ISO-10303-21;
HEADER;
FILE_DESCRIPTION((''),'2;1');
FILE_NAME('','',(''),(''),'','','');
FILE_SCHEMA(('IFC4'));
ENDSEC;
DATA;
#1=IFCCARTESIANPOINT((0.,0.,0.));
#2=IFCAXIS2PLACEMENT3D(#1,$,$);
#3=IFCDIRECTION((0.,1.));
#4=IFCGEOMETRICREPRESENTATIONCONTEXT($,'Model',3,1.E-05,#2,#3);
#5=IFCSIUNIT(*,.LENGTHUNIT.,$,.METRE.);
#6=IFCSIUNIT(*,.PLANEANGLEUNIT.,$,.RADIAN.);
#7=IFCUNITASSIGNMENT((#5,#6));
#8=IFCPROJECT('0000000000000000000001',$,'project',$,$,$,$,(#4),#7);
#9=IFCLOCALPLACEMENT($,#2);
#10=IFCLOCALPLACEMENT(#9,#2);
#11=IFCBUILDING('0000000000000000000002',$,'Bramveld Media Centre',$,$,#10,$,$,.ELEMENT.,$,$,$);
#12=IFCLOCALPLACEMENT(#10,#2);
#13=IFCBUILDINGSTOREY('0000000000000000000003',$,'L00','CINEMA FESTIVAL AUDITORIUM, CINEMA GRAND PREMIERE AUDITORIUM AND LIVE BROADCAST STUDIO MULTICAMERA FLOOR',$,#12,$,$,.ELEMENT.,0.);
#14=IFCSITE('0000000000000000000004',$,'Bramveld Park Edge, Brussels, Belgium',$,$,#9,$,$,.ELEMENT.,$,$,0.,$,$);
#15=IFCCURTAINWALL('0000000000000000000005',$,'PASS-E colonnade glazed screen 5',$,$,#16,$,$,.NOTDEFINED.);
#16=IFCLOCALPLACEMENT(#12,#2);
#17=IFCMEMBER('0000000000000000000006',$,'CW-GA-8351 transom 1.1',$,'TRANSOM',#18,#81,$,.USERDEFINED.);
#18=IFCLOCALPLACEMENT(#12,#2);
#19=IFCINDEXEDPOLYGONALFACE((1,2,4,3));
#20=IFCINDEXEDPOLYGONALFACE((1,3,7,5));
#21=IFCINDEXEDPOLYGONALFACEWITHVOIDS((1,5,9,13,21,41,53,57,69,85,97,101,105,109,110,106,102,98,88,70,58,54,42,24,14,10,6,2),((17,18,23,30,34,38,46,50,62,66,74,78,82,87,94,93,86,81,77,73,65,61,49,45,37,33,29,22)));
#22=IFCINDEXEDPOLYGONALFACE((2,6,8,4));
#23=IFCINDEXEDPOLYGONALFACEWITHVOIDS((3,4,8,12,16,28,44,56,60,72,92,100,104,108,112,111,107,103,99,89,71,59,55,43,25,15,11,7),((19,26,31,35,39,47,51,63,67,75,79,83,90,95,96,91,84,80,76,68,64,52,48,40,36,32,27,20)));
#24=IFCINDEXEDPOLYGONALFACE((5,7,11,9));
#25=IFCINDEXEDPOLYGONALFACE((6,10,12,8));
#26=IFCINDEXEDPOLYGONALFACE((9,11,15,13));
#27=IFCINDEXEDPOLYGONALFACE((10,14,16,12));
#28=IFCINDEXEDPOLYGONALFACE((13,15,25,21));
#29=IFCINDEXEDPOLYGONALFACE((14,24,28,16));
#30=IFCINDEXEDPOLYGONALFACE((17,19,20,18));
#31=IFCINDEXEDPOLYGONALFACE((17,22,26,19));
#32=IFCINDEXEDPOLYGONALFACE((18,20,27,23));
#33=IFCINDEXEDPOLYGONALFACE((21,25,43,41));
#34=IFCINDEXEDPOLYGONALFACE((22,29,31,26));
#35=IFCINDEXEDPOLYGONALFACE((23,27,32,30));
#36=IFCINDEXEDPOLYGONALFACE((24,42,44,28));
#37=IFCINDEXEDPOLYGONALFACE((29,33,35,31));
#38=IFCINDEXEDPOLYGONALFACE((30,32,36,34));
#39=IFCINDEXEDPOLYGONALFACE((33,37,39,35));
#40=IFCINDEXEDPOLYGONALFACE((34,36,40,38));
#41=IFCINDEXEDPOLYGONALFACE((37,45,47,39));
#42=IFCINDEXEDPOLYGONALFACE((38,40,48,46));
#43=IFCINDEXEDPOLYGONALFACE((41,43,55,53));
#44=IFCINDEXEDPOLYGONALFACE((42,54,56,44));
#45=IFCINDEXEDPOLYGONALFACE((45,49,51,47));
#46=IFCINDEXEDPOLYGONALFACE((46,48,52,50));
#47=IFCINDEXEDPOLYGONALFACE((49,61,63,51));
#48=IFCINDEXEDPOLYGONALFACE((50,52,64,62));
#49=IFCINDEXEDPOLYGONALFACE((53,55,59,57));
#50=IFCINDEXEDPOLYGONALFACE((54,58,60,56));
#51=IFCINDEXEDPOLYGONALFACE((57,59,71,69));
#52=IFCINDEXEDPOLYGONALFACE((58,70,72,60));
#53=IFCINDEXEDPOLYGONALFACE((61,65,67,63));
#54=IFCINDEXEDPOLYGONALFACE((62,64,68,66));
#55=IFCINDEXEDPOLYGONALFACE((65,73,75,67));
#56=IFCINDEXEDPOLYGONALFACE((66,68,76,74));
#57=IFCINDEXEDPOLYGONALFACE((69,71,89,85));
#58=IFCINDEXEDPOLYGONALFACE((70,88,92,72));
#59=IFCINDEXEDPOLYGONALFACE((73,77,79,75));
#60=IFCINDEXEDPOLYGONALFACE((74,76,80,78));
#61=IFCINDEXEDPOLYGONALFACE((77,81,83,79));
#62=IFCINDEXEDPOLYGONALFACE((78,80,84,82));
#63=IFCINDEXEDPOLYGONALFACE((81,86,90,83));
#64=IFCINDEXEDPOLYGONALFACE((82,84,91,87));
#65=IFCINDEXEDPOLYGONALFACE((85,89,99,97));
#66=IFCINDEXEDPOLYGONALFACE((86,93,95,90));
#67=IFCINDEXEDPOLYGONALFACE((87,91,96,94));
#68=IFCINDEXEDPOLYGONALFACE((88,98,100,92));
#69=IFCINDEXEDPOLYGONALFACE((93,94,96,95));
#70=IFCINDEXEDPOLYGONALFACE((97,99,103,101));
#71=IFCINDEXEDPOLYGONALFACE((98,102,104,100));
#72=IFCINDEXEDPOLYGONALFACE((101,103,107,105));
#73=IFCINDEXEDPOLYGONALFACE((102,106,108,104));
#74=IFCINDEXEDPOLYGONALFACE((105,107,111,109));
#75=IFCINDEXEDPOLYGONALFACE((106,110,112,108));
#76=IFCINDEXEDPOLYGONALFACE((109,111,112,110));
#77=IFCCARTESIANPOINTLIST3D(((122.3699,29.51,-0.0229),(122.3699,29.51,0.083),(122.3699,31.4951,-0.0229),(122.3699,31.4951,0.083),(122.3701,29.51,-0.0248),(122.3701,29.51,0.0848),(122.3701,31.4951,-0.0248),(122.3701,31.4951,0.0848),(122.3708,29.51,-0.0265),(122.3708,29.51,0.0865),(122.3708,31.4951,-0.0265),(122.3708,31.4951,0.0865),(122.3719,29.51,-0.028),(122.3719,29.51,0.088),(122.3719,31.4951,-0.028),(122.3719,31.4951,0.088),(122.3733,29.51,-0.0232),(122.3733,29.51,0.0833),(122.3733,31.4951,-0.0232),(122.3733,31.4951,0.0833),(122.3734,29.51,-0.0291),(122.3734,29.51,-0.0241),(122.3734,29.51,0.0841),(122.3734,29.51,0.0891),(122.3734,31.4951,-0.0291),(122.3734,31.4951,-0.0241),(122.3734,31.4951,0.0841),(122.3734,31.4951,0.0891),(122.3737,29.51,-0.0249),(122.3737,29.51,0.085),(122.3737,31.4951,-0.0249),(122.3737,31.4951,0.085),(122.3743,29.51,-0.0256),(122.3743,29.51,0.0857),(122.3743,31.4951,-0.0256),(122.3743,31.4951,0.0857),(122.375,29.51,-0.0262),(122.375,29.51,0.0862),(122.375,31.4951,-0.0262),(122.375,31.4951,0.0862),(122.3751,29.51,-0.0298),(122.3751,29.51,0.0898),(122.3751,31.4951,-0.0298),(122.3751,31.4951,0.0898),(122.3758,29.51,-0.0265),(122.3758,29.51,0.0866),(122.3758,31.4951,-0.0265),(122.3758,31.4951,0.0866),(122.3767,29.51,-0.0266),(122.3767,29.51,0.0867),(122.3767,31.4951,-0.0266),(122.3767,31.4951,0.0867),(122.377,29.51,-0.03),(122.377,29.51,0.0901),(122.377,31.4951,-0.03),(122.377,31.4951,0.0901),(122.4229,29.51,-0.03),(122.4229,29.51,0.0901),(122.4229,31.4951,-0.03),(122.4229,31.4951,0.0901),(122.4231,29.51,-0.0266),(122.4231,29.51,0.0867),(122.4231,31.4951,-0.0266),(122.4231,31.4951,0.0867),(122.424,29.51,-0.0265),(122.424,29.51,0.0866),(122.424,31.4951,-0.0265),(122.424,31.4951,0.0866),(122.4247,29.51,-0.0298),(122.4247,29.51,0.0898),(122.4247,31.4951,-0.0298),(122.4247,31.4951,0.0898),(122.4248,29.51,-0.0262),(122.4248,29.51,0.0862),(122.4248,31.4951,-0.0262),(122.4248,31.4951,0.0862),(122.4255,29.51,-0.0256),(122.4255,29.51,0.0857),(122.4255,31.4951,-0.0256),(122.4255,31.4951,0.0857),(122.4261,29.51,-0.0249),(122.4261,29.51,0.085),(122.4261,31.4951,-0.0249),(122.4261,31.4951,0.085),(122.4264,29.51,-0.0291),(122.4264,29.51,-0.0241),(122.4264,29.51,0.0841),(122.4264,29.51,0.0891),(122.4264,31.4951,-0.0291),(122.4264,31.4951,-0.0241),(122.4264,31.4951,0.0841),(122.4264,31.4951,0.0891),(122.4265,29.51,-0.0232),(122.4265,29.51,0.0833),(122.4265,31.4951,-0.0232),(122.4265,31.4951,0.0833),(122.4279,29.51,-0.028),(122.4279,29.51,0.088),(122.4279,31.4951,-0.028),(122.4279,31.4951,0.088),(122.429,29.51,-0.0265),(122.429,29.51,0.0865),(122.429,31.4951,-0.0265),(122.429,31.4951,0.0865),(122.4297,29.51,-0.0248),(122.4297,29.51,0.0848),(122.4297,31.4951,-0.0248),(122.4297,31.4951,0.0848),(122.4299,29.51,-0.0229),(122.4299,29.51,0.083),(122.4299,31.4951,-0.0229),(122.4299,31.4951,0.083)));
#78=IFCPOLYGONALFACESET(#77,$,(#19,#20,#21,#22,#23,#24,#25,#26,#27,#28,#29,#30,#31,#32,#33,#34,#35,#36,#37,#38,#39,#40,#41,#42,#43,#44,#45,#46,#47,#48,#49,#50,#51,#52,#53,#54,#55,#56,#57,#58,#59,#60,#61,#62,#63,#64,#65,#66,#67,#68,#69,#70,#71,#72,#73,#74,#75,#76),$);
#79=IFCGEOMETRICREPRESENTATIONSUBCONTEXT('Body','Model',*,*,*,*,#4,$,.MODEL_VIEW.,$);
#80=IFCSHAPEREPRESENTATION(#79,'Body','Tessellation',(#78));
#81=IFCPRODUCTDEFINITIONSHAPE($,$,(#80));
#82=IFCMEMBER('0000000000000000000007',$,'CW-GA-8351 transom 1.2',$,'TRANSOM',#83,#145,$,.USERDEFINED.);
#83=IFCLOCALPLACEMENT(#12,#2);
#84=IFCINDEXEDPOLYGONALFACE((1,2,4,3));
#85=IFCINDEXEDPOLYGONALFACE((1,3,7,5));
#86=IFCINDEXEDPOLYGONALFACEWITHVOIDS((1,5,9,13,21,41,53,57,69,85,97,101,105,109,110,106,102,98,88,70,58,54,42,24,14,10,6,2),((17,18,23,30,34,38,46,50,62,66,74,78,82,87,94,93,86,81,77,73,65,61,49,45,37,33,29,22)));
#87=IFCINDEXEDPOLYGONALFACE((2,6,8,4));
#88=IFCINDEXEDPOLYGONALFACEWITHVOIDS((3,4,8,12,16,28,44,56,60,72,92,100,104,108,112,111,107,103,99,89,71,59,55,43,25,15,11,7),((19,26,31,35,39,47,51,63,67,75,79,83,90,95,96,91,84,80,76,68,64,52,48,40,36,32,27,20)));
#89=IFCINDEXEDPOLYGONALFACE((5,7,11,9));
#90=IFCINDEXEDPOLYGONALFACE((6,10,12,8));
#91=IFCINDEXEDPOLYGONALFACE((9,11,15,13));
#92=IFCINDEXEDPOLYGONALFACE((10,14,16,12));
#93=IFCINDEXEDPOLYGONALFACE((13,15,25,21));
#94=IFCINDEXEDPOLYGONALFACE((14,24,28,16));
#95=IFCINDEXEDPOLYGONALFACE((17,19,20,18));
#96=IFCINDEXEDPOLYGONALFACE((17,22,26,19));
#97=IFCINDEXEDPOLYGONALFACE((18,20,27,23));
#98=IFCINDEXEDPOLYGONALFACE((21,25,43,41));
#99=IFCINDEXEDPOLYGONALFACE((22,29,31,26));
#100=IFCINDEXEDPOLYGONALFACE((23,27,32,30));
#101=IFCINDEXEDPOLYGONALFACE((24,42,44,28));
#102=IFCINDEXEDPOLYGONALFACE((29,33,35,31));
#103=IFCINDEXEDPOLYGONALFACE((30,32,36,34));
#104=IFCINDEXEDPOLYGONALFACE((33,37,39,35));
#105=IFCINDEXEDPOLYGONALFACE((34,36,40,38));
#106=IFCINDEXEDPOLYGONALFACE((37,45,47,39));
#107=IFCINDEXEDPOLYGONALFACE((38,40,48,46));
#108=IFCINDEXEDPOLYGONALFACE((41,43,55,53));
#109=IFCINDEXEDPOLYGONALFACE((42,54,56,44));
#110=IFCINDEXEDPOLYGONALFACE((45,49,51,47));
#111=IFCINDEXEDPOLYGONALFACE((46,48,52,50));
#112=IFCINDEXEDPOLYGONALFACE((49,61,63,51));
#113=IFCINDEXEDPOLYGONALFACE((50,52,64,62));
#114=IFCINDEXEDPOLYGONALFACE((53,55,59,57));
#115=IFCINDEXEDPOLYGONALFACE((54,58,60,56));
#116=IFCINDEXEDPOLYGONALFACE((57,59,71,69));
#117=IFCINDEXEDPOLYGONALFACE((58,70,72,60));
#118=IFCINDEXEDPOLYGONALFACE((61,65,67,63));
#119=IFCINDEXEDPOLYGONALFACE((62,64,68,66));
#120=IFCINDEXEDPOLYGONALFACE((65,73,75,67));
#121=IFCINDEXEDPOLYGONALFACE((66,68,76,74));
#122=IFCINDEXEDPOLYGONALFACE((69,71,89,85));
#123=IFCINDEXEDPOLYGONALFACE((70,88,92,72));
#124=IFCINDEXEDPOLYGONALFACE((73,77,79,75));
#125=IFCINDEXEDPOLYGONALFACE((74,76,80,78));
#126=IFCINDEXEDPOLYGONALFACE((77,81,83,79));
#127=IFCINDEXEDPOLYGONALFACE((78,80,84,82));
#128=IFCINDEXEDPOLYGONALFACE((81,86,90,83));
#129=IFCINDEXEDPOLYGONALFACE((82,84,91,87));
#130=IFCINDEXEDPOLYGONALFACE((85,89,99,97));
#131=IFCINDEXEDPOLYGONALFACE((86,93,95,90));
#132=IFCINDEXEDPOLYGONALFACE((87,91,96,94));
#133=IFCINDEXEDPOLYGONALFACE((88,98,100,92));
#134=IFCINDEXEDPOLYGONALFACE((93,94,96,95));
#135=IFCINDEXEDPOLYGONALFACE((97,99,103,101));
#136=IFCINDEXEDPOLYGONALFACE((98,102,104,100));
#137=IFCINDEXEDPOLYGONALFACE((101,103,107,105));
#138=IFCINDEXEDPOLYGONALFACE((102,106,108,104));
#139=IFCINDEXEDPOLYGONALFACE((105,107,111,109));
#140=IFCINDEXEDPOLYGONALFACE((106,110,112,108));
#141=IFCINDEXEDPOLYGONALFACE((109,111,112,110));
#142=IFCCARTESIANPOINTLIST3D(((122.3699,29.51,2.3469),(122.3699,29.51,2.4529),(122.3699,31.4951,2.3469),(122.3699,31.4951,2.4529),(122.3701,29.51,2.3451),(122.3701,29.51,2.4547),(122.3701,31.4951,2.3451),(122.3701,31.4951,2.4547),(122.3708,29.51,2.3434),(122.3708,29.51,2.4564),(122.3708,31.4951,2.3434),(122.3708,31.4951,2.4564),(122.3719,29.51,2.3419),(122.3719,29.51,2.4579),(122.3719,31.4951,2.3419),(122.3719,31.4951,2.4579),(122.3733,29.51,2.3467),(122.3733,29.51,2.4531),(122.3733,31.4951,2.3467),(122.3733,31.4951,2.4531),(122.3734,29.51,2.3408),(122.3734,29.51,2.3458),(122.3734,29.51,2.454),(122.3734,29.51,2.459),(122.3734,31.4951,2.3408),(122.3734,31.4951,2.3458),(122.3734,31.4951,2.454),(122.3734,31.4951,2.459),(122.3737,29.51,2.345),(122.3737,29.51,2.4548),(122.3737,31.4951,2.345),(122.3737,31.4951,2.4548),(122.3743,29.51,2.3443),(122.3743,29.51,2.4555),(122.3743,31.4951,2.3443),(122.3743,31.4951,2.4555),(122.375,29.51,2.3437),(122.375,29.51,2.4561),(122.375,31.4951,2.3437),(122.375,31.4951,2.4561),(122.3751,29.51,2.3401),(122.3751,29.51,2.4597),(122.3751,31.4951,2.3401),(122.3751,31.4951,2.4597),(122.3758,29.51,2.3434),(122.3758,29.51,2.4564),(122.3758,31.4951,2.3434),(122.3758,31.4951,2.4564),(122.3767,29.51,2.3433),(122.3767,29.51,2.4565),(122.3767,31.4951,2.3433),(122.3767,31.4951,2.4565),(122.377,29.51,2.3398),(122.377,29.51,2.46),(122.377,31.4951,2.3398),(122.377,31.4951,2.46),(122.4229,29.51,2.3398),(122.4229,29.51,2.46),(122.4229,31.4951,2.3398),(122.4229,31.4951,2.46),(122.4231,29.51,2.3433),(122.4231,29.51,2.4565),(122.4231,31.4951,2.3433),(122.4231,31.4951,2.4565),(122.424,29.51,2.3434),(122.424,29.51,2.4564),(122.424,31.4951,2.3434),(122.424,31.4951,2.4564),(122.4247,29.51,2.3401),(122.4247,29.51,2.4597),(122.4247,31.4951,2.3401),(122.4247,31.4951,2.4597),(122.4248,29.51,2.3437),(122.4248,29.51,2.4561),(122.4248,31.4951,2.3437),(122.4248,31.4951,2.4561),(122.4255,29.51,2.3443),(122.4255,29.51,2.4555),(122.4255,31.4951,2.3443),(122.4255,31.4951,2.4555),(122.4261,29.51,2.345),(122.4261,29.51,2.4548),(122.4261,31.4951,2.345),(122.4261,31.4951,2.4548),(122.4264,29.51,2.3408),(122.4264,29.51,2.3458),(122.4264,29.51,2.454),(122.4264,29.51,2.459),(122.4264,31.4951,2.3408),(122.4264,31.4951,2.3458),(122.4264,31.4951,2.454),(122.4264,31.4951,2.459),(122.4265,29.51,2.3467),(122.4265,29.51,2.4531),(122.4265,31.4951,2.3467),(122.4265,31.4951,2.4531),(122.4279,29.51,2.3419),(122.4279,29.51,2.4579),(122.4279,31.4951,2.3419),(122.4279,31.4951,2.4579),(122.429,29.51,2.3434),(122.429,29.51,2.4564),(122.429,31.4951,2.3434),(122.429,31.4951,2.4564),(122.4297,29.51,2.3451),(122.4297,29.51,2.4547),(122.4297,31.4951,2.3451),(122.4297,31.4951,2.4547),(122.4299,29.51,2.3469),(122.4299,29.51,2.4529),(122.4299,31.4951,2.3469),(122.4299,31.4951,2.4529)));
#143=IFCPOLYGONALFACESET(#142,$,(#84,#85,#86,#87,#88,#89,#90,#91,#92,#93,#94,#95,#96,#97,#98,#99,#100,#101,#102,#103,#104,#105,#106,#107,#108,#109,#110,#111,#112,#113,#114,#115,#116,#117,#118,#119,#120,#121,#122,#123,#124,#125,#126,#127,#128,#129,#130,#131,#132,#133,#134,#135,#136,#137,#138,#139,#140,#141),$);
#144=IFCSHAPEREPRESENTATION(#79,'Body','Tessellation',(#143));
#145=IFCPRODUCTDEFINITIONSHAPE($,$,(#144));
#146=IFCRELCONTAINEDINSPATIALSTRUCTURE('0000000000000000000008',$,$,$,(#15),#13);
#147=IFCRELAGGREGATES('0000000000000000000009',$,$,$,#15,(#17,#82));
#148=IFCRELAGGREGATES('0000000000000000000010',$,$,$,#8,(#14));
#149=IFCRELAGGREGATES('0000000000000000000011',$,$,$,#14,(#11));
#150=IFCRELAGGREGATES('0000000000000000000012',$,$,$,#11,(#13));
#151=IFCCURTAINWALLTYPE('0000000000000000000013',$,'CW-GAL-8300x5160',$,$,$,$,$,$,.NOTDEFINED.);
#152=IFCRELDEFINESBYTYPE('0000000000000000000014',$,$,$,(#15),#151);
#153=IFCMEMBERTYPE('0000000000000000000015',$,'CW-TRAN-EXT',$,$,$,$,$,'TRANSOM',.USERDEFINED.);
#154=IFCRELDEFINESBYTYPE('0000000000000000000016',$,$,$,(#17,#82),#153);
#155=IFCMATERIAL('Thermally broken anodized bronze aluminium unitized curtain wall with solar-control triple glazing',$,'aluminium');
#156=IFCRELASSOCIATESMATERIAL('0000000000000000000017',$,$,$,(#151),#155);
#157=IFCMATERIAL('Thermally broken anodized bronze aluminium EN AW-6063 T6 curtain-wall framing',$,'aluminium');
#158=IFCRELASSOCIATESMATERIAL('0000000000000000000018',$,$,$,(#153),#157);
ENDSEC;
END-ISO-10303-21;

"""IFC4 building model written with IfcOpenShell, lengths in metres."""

from ifc_helpers import new_model, si_unit, direction, frame, origin, origin_2d, place, context, subcontext, project, spatial, hollow_rectangle, extrude, material, material_profile, profile_set, type_object, element, aggregate, save


model = new_model("IFC4")

# Units and contexts
model_context = context("Model", 3, precision=1e-05, world=origin(), true_north=direction((0.0, 1.0)))
body_context = subcontext(model_context, "Body", "Model", "MODEL_VIEW")
ifc_project = project(units=[si_unit("LENGTHUNIT", "METRE"), si_unit("PLANEANGLEUNIT", "RADIAN")], contexts=[model_context])

# Site, building, storey
site_placement = place(None, origin())
site = spatial("IfcSite", under=ifc_project, at=site_placement, Name="Bramveld Park Edge, Brussels, Belgium", CompositionType="ELEMENT", RefElevation=0.0)
building_placement = place(site_placement, origin())
building = spatial("IfcBuilding", under=site, at=building_placement, Name="Bramveld Media Centre", CompositionType="ELEMENT")
storey_placement = place(building_placement, origin())
storey = spatial("IfcBuildingStorey", under=building, at=storey_placement, Name="L00", Description="CINEMA FESTIVAL AUDITORIUM, CINEMA GRAND PREMIERE AUDITORIUM AND LIVE BROADCAST STUDIO MULTICAMERA FLOOR", CompositionType="ELEMENT", Elevation=0.0)

# Curtain wall
ifc_material_1 = material(Name="Thermally broken anodized bronze aluminium unitized curtain wall with solar-control triple glazing", Category="aluminium")
curtain_wall_type_1 = type_object("IfcCurtainWallType", Name="CW-GAL-8300x5160", PredefinedType="NOTDEFINED", material=ifc_material_1)
curtain_wall_1_placement = place(storey_placement, origin())
curtain_wall_1 = element("IfcCurtainWall", 1, at=curtain_wall_1_placement, inside=storey, type_object=curtain_wall_type_1, Name="PASS-E colonnade glazed screen 5", PredefinedType="NOTDEFINED")

# Shared definitions
ifc_material_2 = material(Name="Thermally broken anodized bronze aluminium EN AW-6063 T6 curtain-wall framing", Category="aluminium")
ifc_material_profile_1 = material_profile(ifc_material_2, hollow_rectangle(XDim=0.0601, YDim=0.1201, WallThickness=0.0034, InnerFilletRadius=0.0034, OuterFilletRadius=0.0071, at=origin_2d()), Name="AL-TRAN 60x120")
ifc_profile_set_1 = profile_set([ifc_material_profile_1], Name="Thermally broken anodized bronze aluminium EN AW-6063 T6 curtain-wall framing")
member_type_1 = type_object("IfcMemberType", Name="CW-TRAN-EXT", ElementType="TRANSOM", PredefinedType="USERDEFINED", material=ifc_profile_set_1)

# Members
member_1_placement = place(storey_placement, frame((122.3999, 29.51, 0.03), z_axis=(0.0, 1.0, 0.0), x_axis=(-1.0, 0.0, 0.0)))
member_1 = element("IfcMember", 2, at=member_1_placement, type_object=member_type_1, Name="CW-GA-8351 transom 1.1", ObjectType="TRANSOM", PredefinedType="USERDEFINED", context=body_context, shape_type="SweptSolid", body=[
    extrude(hollow_rectangle(XDim=0.0601, YDim=0.1201, WallThickness=0.0034, InnerFilletRadius=0.0034, OuterFilletRadius=0.0071, at=origin_2d()), origin(), (0.0, 0.0, 1.0), 1.9851),
])
member_2_placement = place(storey_placement, frame((122.3999, 29.51, 2.3999), z_axis=(0.0, 1.0, 0.0), x_axis=(-1.0, 0.0, 0.0)))
member_2 = element("IfcMember", 3, at=member_2_placement, type_object=member_type_1, Name="CW-GA-8351 transom 1.2", ObjectType="TRANSOM", PredefinedType="USERDEFINED", context=body_context, shape_type="SweptSolid", body=[
    extrude(hollow_rectangle(XDim=0.0601, YDim=0.1201, WallThickness=0.0034, InnerFilletRadius=0.0034, OuterFilletRadius=0.0071, at=origin_2d()), origin(), (0.0, 0.0, 1.0), 1.9851),
])

aggregate(curtain_wall_1, [member_1, member_2])

save(model, "model.ifc")
